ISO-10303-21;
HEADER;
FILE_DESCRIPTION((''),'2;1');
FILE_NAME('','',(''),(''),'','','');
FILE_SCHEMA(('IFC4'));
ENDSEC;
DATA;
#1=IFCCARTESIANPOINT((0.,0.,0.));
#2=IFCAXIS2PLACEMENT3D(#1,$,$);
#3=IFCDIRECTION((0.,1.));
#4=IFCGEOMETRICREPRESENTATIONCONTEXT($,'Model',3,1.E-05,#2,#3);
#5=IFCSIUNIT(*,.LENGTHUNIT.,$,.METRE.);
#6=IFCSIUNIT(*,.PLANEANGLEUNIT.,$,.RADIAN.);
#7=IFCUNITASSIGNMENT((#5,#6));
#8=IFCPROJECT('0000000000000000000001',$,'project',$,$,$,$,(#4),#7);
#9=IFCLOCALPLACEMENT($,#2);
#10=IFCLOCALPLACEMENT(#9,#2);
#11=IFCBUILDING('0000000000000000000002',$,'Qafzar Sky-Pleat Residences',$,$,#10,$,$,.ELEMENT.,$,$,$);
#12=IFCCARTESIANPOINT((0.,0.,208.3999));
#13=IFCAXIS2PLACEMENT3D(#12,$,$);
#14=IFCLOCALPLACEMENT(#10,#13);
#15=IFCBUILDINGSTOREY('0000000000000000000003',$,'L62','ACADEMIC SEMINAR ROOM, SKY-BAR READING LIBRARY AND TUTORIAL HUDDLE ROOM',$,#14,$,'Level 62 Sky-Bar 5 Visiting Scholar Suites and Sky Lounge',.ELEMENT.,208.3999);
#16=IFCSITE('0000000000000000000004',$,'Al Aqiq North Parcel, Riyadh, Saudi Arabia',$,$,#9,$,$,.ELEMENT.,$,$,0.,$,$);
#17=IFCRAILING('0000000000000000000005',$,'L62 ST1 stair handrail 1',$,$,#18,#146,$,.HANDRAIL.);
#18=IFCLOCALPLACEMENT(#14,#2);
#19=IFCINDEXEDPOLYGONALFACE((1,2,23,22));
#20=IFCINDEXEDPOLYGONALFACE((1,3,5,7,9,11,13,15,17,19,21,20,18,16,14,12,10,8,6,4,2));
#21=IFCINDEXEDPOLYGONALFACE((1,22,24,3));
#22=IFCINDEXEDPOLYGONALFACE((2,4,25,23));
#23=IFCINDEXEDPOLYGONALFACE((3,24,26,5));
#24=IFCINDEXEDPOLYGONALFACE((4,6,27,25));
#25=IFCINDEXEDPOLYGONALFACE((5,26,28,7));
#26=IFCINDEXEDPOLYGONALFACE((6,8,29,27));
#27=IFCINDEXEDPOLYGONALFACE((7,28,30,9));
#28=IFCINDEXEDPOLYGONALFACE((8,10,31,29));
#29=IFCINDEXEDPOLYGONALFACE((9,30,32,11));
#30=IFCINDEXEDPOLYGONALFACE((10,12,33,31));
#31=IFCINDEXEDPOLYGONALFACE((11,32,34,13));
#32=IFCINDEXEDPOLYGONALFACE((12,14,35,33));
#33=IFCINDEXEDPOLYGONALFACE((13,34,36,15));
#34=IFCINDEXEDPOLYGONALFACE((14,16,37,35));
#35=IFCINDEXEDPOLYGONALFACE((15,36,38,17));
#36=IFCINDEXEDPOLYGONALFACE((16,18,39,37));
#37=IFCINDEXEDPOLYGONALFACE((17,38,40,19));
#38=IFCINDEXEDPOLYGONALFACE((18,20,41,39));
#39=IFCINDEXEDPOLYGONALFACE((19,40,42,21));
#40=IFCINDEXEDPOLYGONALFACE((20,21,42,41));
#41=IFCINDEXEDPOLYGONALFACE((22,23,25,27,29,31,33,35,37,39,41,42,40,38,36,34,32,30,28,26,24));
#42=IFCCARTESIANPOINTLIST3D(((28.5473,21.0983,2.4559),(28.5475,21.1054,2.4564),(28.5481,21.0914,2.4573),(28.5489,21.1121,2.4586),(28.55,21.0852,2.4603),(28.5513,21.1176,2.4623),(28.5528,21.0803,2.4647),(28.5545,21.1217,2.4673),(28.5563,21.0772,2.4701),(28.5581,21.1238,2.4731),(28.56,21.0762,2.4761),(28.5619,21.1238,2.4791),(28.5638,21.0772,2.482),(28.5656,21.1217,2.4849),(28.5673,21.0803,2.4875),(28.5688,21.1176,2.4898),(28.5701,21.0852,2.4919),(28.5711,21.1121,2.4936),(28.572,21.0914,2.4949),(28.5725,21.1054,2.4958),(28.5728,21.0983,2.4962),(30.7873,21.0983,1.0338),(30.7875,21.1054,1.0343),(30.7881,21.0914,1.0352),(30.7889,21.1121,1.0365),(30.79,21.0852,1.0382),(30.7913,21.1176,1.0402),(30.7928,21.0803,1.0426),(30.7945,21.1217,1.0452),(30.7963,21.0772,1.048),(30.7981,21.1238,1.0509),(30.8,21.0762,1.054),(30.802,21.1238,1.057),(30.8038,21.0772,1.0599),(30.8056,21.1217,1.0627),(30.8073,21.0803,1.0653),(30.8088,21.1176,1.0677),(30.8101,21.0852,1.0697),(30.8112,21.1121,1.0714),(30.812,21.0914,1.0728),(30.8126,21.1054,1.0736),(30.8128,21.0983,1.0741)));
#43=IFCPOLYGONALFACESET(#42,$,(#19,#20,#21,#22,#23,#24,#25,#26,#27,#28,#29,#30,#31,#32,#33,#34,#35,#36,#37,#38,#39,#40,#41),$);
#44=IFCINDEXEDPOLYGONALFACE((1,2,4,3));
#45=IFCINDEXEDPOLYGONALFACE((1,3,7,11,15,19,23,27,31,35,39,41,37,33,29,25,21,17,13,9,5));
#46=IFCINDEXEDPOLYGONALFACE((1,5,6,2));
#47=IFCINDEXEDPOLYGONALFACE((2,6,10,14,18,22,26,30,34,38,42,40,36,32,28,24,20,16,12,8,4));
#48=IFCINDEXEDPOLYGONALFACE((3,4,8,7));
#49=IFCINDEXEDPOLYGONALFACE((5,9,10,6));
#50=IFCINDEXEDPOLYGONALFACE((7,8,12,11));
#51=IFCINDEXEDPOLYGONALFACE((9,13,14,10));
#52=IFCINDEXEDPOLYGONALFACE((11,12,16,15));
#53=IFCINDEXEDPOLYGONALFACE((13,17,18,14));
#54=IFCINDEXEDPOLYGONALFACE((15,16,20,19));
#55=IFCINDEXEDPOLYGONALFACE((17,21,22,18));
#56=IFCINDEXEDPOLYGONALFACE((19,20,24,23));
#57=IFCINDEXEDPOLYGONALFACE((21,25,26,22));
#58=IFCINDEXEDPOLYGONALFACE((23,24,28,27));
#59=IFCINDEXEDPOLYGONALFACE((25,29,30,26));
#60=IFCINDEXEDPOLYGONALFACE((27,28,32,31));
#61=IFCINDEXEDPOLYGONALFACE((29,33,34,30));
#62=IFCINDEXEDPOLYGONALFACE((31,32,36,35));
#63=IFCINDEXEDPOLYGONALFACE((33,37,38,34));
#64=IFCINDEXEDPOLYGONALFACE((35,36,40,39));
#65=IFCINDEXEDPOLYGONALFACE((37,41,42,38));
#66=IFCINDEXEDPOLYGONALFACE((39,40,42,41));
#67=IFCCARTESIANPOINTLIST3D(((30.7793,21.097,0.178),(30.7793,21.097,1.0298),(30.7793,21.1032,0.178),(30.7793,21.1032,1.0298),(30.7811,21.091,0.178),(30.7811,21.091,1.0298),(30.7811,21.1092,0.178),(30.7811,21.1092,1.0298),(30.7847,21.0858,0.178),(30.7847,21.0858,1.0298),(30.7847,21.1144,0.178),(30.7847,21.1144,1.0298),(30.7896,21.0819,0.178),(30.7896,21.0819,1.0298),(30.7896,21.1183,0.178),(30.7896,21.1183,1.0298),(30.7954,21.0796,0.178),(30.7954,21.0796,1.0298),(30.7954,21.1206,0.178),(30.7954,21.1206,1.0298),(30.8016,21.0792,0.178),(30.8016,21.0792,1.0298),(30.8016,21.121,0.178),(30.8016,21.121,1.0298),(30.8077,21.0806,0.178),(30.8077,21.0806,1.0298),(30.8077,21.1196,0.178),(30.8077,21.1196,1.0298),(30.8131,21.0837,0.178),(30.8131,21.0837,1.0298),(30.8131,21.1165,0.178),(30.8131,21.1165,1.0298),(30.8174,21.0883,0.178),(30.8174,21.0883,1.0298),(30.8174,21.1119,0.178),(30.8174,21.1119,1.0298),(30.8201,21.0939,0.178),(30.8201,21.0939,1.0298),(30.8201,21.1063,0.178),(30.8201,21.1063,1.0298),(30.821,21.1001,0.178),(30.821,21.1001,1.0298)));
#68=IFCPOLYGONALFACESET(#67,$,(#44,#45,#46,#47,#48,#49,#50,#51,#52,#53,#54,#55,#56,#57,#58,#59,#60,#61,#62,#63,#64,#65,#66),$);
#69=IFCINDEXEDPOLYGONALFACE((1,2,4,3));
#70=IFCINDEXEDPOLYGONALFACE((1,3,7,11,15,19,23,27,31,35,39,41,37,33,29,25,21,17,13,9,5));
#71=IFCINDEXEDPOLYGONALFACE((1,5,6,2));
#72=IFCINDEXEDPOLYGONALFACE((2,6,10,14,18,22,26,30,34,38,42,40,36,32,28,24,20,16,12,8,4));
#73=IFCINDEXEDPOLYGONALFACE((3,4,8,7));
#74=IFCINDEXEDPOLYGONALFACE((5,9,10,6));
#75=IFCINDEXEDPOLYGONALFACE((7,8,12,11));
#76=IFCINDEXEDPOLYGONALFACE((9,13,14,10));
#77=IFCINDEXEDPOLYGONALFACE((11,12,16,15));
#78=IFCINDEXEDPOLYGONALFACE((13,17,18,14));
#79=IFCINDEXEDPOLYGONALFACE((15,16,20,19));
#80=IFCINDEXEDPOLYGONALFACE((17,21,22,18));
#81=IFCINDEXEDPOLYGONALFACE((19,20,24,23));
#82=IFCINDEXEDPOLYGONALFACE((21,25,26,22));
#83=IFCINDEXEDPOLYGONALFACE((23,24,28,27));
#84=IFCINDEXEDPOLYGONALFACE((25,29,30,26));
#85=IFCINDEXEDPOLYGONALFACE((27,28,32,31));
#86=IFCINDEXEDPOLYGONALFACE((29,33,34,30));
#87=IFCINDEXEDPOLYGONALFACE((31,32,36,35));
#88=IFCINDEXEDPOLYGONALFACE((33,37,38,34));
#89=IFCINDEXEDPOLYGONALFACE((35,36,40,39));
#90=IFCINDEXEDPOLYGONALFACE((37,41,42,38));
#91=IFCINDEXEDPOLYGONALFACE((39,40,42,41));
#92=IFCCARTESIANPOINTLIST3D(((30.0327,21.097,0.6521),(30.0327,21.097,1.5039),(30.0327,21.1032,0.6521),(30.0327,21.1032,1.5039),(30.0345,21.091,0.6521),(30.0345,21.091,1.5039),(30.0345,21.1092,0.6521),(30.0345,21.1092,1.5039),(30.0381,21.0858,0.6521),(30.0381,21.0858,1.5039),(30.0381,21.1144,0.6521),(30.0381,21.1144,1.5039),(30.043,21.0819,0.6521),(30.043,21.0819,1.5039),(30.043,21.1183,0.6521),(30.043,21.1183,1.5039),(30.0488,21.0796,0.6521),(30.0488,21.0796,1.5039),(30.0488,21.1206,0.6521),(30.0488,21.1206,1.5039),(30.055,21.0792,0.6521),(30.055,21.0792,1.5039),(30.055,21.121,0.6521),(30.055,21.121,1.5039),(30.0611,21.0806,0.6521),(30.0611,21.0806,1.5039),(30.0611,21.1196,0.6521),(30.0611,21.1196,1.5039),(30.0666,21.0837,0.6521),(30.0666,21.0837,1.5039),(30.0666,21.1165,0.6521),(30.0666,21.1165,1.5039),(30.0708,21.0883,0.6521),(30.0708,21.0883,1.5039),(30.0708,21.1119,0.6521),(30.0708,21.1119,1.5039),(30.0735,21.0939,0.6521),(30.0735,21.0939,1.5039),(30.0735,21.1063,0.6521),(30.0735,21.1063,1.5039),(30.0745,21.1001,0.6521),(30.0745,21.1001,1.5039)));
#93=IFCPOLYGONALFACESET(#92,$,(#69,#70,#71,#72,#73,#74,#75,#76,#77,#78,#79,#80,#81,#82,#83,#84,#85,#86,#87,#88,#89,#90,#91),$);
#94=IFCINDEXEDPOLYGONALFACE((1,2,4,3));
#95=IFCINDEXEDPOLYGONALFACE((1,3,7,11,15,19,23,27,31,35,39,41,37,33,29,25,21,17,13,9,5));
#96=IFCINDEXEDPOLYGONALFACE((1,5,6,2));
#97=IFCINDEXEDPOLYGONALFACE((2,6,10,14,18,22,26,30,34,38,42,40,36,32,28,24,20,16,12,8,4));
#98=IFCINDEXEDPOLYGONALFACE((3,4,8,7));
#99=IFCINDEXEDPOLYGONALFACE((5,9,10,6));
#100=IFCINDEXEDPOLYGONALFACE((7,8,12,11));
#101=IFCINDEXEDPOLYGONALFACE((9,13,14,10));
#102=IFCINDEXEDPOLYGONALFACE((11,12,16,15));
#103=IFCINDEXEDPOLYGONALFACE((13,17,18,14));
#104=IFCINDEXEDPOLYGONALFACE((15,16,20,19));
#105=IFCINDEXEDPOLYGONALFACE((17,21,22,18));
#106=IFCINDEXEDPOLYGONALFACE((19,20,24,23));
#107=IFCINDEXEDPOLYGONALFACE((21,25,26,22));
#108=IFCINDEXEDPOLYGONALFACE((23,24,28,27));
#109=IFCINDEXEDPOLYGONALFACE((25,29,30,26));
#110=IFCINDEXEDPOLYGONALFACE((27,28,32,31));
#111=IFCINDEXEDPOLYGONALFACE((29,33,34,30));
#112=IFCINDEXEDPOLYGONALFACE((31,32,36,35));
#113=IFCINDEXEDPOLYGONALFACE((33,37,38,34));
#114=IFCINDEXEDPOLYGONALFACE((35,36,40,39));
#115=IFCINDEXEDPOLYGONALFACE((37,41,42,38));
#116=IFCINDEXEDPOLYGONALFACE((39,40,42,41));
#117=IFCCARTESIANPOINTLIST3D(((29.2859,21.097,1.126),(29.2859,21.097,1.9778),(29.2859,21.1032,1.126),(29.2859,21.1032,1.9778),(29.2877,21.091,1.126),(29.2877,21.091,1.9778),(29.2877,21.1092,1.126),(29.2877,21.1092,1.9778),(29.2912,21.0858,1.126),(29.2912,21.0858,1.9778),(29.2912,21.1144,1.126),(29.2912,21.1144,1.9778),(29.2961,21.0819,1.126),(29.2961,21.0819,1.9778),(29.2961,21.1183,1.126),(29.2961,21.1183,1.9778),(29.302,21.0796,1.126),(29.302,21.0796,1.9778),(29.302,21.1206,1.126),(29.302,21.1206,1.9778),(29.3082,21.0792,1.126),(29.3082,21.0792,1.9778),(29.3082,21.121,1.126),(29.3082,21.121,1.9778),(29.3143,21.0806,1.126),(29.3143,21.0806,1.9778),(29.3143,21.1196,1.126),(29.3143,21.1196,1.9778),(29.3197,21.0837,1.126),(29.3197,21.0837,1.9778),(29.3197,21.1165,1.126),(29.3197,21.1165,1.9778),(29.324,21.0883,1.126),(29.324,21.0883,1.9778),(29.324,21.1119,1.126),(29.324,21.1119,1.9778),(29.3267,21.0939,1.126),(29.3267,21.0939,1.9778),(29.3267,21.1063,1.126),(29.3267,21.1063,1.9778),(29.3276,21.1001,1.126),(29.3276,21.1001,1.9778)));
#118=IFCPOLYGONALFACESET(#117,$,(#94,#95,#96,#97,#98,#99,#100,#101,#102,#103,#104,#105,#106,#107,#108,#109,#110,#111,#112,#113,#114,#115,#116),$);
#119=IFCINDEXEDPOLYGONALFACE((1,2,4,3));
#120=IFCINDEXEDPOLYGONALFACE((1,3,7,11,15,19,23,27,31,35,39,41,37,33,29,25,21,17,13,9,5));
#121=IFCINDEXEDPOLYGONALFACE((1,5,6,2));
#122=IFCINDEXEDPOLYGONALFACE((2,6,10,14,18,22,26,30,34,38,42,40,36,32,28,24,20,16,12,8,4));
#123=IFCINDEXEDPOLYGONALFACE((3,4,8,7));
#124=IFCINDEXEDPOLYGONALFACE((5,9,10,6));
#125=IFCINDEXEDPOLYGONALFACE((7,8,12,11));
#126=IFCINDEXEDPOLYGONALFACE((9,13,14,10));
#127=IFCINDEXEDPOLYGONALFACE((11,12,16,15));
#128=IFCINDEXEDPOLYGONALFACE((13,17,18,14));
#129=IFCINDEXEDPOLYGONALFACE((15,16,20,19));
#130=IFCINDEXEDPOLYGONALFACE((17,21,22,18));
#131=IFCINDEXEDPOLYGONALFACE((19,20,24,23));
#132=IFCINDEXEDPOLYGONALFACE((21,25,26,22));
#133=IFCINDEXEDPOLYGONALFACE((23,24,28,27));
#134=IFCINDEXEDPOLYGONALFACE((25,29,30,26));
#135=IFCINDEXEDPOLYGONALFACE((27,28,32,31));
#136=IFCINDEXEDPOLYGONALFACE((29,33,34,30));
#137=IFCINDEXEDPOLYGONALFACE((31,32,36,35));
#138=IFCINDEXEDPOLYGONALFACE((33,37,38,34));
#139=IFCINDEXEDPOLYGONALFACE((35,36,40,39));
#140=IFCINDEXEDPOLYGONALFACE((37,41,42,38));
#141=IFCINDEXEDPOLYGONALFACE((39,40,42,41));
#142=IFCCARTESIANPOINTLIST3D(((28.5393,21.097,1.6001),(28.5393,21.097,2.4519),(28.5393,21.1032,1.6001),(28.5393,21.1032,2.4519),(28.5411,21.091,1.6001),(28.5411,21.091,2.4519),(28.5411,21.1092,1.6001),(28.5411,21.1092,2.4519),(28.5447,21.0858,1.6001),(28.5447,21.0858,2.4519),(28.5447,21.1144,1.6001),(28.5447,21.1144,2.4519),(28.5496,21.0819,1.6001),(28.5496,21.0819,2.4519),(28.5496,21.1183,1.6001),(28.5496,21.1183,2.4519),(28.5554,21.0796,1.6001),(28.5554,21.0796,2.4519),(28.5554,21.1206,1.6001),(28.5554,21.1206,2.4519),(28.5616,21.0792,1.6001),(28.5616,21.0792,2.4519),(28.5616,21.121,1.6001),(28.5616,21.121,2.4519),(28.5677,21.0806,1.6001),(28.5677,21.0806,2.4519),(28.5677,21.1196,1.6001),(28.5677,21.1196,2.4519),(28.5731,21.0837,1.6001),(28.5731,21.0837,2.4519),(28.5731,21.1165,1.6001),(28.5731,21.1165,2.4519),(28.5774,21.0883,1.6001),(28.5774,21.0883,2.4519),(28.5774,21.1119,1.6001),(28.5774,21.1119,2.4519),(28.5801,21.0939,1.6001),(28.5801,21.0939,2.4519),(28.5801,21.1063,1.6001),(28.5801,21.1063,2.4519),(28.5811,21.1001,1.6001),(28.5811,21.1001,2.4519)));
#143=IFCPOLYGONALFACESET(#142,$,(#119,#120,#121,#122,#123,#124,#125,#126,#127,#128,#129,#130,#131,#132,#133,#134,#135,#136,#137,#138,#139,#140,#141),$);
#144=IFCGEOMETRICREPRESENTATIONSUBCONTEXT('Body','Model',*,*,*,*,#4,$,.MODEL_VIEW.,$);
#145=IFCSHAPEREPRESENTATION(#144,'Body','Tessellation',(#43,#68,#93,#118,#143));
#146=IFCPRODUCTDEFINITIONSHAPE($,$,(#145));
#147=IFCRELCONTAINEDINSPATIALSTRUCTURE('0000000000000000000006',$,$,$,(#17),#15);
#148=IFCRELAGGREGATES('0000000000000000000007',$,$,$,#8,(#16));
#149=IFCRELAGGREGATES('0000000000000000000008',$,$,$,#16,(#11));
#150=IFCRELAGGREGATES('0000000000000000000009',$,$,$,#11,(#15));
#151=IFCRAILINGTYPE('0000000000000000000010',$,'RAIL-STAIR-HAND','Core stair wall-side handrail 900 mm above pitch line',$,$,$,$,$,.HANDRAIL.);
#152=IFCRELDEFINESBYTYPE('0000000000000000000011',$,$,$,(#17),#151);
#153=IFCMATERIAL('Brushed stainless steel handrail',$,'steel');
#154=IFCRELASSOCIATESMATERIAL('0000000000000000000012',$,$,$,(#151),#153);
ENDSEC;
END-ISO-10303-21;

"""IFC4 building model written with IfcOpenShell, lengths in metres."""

from ifc_helpers import new_model, si_unit, direction, frame, origin, origin_2d, place, context, subcontext, project, spatial, circle, extrude, source, transform, mapped, material, type_object, element, save


model = new_model("IFC4")

# Units and contexts
model_context = context("Model", 3, precision=1e-05, world=origin(), true_north=direction((0.0, 1.0)))
body_context = subcontext(model_context, "Body", "Model", "MODEL_VIEW")
ifc_project = project(units=[si_unit("LENGTHUNIT", "METRE"), si_unit("PLANEANGLEUNIT", "RADIAN")], contexts=[model_context])

# Site, building, storey
site_placement = place(None, origin())
site = spatial("IfcSite", under=ifc_project, at=site_placement, Name="Al Aqiq North Parcel, Riyadh, Saudi Arabia", CompositionType="ELEMENT", RefElevation=0.0)
building_placement = place(site_placement, origin())
building = spatial("IfcBuilding", under=site, at=building_placement, Name="Qafzar Sky-Pleat Residences", CompositionType="ELEMENT")
storey_placement = place(building_placement, frame((0.0, 0.0, 208.3999)))
storey = spatial("IfcBuildingStorey", under=building, at=storey_placement, Name="L62", Description="ACADEMIC SEMINAR ROOM, SKY-BAR READING LIBRARY AND TUTORIAL HUDDLE ROOM", LongName="Level 62 Sky-Bar 5 Visiting Scholar Suites and Sky Lounge", CompositionType="ELEMENT", Elevation=208.3999)

# Railing
ifc_material_1 = material(Name="Brushed stainless steel handrail", Category="steel")
railing_type_1 = type_object("IfcRailingType", Name="RAIL-STAIR-HAND", Description="Core stair wall-side handrail 900 mm above pitch line", PredefinedType="HANDRAIL", material=ifc_material_1)
shared_shape_1 = source(origin(), body_context, "Body", "SweptSolid", [
    extrude(circle(Radius=0.0239, at=origin_2d()), frame((0.0, 0.0, 0.876), z_axis=(-0.844229, 0.0, 0.535982), x_axis=(0.0, -1.0, 0.0)), (0.0, 0.0, 1.0), 2.6533),
    extrude(circle(Radius=0.021, at=origin_2d()), origin(), (0.0, 0.0, 1.0), 0.8518),
    extrude(circle(Radius=0.021, at=origin_2d()), frame((-0.7466, 0.0, 0.4741)), (0.0, 0.0, 1.0), 0.8518),
    extrude(circle(Radius=0.021, at=origin_2d()), frame((-1.4934, 0.0, 0.948)), (0.0, 0.0, 1.0), 0.8518),
    extrude(circle(Radius=0.021, at=origin_2d()), frame((-2.24, 0.0, 1.4221)), (0.0, 0.0, 1.0), 0.8518),
])
railing_1_placement = place(storey_placement, frame((30.8, 21.1001, 0.178)))
element("IfcRailing", 1, at=railing_1_placement, inside=storey, type_object=railing_type_1, Name="L62 ST1 stair handrail 1", PredefinedType="HANDRAIL", context=body_context, shape_type="MappedRepresentation", body=[
    mapped(shared_shape_1, transform((0.0, 0.0, 0.0), x_axis=(1.0, 0.0, 0.0), y_axis=(0.0, 1.0, 0.0), z_axis=(0.0, 0.0, 1.0), scale=1.0)),
])

save(model, "model.ifc")
